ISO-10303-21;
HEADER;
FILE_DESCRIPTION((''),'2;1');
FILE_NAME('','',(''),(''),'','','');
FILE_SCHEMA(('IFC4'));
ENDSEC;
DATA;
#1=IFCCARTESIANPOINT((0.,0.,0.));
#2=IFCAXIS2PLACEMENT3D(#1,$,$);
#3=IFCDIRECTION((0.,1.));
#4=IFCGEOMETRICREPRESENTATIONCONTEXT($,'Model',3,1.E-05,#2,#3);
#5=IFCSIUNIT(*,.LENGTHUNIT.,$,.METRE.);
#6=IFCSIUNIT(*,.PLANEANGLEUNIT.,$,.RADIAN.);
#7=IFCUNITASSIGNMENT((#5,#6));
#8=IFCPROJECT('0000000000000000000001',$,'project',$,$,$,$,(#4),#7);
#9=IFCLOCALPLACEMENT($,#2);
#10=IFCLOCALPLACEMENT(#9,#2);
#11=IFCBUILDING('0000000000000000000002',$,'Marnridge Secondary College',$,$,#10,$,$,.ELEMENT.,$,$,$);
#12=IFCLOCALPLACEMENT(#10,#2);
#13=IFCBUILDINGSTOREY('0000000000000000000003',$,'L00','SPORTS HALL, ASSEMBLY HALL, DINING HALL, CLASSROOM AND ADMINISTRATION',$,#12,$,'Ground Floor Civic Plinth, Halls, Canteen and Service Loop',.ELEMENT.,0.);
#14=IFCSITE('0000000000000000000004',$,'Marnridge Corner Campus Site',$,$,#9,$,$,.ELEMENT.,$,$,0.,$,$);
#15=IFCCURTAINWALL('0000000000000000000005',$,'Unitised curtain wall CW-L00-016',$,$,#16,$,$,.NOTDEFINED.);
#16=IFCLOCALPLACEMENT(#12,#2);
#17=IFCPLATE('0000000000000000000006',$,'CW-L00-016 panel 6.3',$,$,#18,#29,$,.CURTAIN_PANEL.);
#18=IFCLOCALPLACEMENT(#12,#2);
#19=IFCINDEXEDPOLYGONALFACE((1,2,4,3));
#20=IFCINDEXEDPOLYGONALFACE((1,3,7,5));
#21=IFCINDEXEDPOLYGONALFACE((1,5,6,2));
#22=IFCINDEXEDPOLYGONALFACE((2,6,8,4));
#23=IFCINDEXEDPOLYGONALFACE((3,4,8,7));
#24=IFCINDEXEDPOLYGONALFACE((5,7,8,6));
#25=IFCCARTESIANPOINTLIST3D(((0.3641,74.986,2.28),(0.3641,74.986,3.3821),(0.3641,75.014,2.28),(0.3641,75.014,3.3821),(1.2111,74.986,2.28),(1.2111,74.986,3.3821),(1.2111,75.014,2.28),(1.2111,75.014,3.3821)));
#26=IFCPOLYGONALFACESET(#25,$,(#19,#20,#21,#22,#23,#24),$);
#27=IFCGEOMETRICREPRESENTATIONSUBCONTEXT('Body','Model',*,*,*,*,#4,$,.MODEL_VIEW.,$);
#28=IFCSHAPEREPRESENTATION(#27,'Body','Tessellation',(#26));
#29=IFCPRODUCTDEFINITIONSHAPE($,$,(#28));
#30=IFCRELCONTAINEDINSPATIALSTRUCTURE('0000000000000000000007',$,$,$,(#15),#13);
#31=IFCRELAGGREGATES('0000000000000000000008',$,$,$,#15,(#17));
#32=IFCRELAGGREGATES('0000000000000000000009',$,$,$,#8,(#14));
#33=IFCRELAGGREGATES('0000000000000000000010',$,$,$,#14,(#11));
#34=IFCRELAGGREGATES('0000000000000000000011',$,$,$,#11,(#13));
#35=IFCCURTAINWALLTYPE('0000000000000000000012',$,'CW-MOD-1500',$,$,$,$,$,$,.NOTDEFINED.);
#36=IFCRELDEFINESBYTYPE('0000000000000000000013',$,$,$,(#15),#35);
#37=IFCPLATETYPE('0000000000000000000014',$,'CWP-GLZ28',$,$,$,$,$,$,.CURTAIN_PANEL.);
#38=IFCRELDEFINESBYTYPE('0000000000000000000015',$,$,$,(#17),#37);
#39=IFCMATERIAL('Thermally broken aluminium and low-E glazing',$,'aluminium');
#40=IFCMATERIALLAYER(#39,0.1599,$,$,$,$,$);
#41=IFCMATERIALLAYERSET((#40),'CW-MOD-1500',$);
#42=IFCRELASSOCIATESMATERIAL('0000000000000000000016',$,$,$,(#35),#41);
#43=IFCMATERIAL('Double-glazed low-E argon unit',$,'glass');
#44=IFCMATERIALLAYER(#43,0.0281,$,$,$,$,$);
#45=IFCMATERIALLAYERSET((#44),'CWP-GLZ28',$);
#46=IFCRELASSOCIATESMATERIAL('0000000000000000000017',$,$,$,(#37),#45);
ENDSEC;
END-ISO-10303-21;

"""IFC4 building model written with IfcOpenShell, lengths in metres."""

from ifc_helpers import new_model, si_unit, direction, frame, origin, origin_2d, place, context, subcontext, project, spatial, rectangle, extrude, material, layer, layer_set, type_object, element, aggregate, save


model = new_model("IFC4")

# Units and contexts
model_context = context("Model", 3, precision=1e-05, world=origin(), true_north=direction((0.0, 1.0)))
body_context = subcontext(model_context, "Body", "Model", "MODEL_VIEW")
ifc_project = project(units=[si_unit("LENGTHUNIT", "METRE"), si_unit("PLANEANGLEUNIT", "RADIAN")], contexts=[model_context])

# Site, building, storey
site_placement = place(None, origin())
site = spatial("IfcSite", under=ifc_project, at=site_placement, Name="Marnridge Corner Campus Site", CompositionType="ELEMENT", RefElevation=0.0)
building_placement = place(site_placement, origin())
building = spatial("IfcBuilding", under=site, at=building_placement, Name="Marnridge Secondary College", CompositionType="ELEMENT")
storey_placement = place(building_placement, origin())
storey = spatial("IfcBuildingStorey", under=building, at=storey_placement, Name="L00", Description="SPORTS HALL, ASSEMBLY HALL, DINING HALL, CLASSROOM AND ADMINISTRATION", LongName="Ground Floor Civic Plinth, Halls, Canteen and Service Loop", CompositionType="ELEMENT", Elevation=0.0)

# Curtain wall, plate
ifc_material_1 = material(Name="Thermally broken aluminium and low-E glazing", Category="aluminium")
ifc_layer_1 = layer(ifc_material_1, 0.1599)
ifc_layer_set_1 = layer_set([ifc_layer_1], Name="CW-MOD-1500")
curtain_wall_type = type_object("IfcCurtainWallType", Name="CW-MOD-1500", PredefinedType="NOTDEFINED", material=ifc_layer_set_1)
curtain_wall_placement = place(storey_placement, origin())
curtain_wall = element("IfcCurtainWall", 1, at=curtain_wall_placement, inside=storey, type_object=curtain_wall_type, Name="Unitised curtain wall CW-L00-016", PredefinedType="NOTDEFINED")
ifc_material_2 = material(Name="Double-glazed low-E argon unit", Category="glass")
ifc_layer_2 = layer(ifc_material_2, 0.0281)
ifc_layer_set_2 = layer_set([ifc_layer_2], Name="CWP-GLZ28")
plate_type = type_object("IfcPlateType", Name="CWP-GLZ28", PredefinedType="CURTAIN_PANEL", material=ifc_layer_set_2)
plate_1_placement = place(storey_placement, frame((0.7876, 75.0, 2.28), z_axis=(0.0, 0.0, 1.0), x_axis=(-1.0, 0.0, 0.0)))
plate_1 = element("IfcPlate", 2, at=plate_1_placement, type_object=plate_type, Name="CW-L00-016 panel 6.3", PredefinedType="CURTAIN_PANEL", context=body_context, shape_type="SweptSolid", body=[
    extrude(rectangle(XDim=0.8469, YDim=0.0281, at=origin_2d()), origin(), (0.0, 0.0, 1.0), 1.1021),
])
aggregate(curtain_wall, [plate_1])

save(model, "model.ifc")
